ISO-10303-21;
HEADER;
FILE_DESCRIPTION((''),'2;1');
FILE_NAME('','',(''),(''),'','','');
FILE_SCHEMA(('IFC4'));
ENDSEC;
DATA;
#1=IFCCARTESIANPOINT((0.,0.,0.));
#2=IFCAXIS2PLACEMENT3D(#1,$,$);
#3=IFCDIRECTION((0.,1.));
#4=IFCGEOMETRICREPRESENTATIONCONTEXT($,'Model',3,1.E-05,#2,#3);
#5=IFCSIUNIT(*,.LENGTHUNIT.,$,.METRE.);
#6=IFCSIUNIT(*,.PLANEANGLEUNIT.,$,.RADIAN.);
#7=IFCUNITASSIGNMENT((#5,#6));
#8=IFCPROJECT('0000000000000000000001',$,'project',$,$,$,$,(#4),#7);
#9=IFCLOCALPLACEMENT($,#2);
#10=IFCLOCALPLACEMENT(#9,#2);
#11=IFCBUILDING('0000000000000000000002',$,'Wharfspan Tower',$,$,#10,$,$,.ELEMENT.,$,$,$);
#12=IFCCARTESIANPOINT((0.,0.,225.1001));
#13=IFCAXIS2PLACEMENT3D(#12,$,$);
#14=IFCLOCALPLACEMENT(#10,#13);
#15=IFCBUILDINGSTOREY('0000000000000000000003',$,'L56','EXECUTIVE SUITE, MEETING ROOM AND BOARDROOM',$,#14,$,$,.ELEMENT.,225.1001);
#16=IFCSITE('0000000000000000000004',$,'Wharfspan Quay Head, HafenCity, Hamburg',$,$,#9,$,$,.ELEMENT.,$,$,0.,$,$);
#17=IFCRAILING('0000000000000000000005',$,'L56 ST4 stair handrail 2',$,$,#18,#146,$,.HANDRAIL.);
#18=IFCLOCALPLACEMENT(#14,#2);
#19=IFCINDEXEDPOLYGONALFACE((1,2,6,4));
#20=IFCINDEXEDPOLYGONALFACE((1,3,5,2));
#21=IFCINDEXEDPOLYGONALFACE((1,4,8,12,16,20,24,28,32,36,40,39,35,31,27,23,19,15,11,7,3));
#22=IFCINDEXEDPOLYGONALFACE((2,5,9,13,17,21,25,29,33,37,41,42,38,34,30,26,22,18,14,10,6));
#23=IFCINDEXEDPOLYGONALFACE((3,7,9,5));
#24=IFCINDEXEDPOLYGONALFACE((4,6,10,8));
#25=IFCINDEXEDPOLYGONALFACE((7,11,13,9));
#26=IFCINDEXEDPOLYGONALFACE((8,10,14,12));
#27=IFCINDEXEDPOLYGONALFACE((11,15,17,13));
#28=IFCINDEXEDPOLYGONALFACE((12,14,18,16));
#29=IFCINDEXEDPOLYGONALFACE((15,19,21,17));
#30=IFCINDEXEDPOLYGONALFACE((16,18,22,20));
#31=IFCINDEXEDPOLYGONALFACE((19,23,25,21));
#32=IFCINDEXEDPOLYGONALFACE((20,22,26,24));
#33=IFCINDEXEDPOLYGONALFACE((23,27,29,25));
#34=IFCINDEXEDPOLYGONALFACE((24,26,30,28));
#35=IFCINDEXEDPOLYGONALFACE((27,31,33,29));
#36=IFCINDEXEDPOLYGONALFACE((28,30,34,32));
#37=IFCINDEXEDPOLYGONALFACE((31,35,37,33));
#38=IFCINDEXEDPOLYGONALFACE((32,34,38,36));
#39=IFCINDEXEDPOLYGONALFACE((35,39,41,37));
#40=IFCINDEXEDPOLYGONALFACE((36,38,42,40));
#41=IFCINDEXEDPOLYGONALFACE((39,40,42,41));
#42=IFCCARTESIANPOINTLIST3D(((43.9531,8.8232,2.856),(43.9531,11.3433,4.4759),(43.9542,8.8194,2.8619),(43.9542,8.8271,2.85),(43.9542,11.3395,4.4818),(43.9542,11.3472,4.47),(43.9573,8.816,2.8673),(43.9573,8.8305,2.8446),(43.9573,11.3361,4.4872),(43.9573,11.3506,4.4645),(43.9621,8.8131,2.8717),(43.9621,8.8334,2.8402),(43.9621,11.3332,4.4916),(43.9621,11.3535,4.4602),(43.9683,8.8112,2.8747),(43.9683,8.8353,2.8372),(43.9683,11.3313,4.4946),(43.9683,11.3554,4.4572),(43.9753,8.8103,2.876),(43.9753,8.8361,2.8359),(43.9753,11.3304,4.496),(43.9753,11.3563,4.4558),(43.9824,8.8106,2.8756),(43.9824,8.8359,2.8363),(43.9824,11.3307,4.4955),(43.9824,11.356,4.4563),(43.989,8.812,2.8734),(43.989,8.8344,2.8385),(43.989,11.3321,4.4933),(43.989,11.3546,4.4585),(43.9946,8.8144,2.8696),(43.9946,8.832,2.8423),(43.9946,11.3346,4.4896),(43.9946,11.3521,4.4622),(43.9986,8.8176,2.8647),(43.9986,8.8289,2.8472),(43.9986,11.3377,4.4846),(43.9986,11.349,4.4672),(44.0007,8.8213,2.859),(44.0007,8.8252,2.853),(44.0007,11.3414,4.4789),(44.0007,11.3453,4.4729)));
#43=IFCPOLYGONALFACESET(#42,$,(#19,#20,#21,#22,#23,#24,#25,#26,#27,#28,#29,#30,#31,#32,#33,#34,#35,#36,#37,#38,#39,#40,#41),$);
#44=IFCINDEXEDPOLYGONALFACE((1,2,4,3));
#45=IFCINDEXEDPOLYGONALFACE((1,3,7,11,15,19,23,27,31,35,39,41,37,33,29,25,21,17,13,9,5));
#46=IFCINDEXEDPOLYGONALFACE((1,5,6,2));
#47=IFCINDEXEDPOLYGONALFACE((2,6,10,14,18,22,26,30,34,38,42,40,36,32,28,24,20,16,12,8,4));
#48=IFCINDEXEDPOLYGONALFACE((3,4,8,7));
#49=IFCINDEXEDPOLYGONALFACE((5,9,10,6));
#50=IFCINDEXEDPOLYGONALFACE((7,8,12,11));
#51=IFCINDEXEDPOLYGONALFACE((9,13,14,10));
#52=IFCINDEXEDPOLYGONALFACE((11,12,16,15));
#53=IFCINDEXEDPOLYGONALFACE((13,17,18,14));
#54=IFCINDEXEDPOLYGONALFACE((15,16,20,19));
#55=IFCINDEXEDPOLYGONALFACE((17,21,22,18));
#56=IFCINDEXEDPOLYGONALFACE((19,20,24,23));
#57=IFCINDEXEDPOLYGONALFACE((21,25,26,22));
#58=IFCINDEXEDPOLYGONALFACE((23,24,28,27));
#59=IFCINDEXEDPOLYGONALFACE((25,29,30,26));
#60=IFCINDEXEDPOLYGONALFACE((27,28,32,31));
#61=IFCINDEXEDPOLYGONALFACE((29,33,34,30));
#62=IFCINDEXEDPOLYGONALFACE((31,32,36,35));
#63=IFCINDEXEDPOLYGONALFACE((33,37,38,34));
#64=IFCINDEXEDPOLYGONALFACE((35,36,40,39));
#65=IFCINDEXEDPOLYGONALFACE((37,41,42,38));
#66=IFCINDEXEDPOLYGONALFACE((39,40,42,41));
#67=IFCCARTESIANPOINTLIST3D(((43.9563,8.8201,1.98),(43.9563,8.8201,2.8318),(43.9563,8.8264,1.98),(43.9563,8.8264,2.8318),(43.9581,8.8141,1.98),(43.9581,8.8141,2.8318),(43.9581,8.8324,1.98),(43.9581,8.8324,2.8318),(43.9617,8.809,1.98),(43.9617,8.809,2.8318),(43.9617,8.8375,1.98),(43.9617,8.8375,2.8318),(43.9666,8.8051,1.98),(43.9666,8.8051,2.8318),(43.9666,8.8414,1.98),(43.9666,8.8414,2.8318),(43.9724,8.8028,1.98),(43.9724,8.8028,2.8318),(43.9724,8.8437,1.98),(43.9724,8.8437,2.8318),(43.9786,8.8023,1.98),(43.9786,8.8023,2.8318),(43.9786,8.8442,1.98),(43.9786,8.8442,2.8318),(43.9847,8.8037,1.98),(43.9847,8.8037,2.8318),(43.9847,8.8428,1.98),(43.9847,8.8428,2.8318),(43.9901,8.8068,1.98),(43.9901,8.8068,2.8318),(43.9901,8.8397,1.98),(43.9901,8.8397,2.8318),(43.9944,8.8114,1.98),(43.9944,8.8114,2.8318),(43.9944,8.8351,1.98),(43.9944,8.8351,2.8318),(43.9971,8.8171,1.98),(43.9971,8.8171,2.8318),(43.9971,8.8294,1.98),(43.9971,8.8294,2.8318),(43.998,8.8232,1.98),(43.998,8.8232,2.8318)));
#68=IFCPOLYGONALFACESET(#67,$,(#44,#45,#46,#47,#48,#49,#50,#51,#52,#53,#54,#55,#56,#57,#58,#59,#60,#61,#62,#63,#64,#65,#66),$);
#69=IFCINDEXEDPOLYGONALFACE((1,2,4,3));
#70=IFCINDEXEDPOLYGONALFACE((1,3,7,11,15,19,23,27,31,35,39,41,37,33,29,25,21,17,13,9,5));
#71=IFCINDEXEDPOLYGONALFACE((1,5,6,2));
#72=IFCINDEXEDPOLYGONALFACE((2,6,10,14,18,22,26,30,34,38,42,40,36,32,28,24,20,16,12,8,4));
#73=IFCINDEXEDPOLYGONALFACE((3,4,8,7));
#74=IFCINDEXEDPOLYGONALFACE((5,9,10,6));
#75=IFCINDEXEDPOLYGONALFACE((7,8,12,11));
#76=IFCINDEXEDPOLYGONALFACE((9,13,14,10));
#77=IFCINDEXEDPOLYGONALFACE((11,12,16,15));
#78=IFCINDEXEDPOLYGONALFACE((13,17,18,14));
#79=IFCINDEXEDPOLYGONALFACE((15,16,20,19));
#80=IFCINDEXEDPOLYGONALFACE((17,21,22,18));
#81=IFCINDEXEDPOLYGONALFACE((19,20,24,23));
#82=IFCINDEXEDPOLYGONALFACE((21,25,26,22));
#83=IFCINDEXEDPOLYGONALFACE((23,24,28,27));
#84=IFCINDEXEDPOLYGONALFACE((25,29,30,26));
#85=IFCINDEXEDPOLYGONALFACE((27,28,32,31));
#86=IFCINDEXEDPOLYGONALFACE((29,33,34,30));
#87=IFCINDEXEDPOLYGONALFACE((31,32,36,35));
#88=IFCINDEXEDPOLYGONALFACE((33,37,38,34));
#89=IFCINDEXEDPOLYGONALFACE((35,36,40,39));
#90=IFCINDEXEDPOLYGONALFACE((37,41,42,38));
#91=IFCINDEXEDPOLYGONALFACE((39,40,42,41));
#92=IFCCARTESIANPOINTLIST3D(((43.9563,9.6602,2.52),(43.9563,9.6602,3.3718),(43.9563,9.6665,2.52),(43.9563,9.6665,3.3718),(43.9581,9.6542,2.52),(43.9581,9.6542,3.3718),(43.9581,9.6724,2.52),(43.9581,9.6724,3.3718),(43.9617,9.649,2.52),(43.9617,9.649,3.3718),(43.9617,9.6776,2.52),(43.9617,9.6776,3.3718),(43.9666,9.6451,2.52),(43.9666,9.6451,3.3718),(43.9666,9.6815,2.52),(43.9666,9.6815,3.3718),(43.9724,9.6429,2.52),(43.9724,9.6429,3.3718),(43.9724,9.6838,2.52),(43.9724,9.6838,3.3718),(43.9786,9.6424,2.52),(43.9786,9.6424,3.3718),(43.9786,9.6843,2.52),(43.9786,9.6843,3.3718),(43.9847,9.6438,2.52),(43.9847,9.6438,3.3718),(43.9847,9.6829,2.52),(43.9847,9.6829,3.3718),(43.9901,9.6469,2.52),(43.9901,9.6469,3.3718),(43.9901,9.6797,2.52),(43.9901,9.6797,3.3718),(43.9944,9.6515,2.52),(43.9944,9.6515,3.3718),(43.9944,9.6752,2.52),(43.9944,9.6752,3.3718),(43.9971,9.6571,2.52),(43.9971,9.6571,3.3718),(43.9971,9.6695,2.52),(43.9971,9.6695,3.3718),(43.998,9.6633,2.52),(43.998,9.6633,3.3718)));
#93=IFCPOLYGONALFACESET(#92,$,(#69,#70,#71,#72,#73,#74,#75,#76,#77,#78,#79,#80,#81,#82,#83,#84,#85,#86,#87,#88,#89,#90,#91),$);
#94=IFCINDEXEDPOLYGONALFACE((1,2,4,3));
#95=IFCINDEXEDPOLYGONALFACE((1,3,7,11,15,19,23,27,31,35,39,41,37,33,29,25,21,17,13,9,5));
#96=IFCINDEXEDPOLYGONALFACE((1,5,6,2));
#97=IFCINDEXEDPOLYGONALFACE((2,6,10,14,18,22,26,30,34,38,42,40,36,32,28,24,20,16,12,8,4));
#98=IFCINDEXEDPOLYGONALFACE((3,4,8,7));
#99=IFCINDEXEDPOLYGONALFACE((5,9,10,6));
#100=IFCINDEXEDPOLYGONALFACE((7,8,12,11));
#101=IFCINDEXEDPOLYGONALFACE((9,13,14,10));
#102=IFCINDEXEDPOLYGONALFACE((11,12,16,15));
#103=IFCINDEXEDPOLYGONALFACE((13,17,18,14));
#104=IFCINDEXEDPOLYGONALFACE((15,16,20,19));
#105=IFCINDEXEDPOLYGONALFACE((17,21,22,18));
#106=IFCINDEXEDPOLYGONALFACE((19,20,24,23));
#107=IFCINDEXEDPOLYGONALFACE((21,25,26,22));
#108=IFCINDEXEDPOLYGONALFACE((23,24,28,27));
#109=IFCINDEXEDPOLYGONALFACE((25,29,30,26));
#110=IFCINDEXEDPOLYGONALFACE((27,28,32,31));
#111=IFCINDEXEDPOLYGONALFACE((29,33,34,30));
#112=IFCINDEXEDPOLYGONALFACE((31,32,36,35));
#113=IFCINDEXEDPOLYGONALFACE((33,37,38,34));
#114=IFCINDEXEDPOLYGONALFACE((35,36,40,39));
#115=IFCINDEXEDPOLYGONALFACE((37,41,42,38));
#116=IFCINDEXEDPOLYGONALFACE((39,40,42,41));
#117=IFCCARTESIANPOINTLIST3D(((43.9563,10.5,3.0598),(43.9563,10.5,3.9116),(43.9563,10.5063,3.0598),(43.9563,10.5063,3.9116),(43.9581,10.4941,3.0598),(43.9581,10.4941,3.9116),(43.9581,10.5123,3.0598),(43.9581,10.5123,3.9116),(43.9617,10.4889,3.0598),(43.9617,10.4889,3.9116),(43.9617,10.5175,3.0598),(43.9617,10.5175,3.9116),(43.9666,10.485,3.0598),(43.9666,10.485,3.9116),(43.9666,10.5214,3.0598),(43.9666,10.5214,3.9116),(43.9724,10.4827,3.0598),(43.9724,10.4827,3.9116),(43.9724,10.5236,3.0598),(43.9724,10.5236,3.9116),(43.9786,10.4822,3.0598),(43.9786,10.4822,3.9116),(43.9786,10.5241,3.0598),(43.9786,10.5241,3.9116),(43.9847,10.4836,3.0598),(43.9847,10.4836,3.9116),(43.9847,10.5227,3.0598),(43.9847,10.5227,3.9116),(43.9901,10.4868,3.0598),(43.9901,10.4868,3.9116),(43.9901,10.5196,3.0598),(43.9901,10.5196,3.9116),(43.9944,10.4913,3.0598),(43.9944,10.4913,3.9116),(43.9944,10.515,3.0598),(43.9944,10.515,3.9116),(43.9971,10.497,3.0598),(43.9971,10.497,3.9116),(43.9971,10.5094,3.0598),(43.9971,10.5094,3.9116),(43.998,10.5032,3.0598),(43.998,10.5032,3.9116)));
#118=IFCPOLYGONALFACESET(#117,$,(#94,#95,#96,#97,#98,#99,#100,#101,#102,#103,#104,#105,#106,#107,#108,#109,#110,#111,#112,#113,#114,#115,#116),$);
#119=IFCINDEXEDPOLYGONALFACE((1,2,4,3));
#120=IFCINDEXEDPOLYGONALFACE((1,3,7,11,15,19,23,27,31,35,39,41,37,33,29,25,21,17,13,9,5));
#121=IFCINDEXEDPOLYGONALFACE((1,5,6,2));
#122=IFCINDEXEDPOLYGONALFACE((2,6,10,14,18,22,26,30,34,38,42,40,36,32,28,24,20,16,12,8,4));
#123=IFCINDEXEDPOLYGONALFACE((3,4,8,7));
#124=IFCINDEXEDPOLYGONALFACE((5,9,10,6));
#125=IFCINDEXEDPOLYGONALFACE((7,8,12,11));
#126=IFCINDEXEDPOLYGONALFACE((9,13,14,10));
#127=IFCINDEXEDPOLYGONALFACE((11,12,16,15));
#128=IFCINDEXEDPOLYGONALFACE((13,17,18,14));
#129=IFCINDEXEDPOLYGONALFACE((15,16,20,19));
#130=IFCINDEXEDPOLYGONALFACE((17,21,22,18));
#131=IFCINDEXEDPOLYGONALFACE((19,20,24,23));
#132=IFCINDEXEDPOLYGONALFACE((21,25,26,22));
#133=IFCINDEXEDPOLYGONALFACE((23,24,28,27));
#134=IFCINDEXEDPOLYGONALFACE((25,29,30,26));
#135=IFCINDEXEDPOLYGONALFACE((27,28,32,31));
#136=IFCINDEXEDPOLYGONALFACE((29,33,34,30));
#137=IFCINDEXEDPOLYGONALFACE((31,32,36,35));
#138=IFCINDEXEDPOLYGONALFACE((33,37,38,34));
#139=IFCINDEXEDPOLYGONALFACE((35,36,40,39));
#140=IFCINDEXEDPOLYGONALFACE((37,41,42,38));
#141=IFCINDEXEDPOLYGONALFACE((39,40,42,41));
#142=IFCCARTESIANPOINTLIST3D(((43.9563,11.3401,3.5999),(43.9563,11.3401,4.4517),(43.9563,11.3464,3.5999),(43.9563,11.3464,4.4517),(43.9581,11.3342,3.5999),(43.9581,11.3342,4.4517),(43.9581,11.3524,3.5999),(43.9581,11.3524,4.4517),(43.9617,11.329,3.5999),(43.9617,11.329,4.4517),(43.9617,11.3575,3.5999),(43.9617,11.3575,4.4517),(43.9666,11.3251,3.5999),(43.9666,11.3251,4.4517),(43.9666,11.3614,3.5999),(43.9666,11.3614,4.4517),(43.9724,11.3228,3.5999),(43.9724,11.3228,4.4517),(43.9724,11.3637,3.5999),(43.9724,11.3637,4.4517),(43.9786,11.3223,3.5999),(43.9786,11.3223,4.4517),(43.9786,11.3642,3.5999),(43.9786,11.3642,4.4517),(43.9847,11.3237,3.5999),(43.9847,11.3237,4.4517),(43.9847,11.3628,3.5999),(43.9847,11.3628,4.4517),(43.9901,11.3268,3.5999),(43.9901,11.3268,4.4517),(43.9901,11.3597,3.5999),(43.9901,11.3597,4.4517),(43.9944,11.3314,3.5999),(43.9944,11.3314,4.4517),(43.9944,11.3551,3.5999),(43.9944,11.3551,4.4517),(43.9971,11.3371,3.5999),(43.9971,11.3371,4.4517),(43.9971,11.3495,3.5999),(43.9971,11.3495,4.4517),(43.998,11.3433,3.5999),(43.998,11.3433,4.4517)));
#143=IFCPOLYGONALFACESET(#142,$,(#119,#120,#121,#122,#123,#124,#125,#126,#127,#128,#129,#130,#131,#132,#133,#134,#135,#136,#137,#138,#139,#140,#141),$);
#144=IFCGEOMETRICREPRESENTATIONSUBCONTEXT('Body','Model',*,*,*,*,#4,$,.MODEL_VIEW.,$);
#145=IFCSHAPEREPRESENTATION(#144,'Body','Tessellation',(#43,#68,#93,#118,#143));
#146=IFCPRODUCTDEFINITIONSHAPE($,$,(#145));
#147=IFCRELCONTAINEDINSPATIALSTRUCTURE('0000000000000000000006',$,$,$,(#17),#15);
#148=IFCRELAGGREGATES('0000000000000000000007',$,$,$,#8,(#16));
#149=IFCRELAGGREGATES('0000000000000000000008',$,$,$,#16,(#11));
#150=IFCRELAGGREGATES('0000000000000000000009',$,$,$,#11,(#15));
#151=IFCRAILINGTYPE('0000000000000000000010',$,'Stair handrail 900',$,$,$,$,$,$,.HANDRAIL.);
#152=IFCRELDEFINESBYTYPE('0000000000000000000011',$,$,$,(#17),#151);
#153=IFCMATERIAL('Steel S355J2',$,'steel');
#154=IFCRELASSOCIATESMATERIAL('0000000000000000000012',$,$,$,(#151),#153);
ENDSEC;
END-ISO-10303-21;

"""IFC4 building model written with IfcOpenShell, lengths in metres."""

from ifc_helpers import new_model, si_unit, direction, frame, origin, origin_2d, place, context, subcontext, project, spatial, circle, extrude, material, type_object, element, save


model = new_model("IFC4")

# Units and contexts
model_context = context("Model", 3, precision=1e-05, world=origin(), true_north=direction((0.0, 1.0)))
body_context = subcontext(model_context, "Body", "Model", "MODEL_VIEW")
ifc_project = project(units=[si_unit("LENGTHUNIT", "METRE"), si_unit("PLANEANGLEUNIT", "RADIAN")], contexts=[model_context])

# Site, building, storey
site_placement = place(None, origin())
site = spatial("IfcSite", under=ifc_project, at=site_placement, Name="Wharfspan Quay Head, HafenCity, Hamburg", CompositionType="ELEMENT", RefElevation=0.0)
building_placement = place(site_placement, origin())
building = spatial("IfcBuilding", under=site, at=building_placement, Name="Wharfspan Tower", CompositionType="ELEMENT")
storey_placement = place(building_placement, frame((0.0, 0.0, 225.1001)))
storey = spatial("IfcBuildingStorey", under=building, at=storey_placement, Name="L56", Description="EXECUTIVE SUITE, MEETING ROOM AND BOARDROOM", CompositionType="ELEMENT", Elevation=225.1001)

# Shared definitions
ifc_material_1 = material(Name="Steel S355J2", Category="steel")

# Railing
railing_type_1 = type_object("IfcRailingType", Name="Stair handrail 900", PredefinedType="HANDRAIL", material=ifc_material_1)
railing_1_placement = place(storey_placement, frame((43.9771, 8.8232, 1.98)))
element("IfcRailing", 1, at=railing_1_placement, inside=storey, type_object=railing_type_1, Name="L56 ST4 stair handrail 2", PredefinedType="HANDRAIL", context=body_context, shape_type="SweptSolid", body=[
    extrude(circle(Radius=0.0239, at=origin_2d()), frame((0.0, 0.0, 0.876), z_axis=(0.0, 0.8412, 0.540725), x_axis=(-1.0, 0.0, 0.0)), (0.0, 0.0, 1.0), 2.9958),
    extrude(circle(Radius=0.021, at=origin_2d()), origin(), (0.0, 0.0, 1.0), 0.8518),
    extrude(circle(Radius=0.021, at=origin_2d()), frame((0.0, 0.8401, 0.54)), (0.0, 0.0, 1.0), 0.8518),
    extrude(circle(Radius=0.021, at=origin_2d()), frame((0.0, 1.6799, 1.0798)), (0.0, 0.0, 1.0), 0.8518),
    extrude(circle(Radius=0.021, at=origin_2d()), frame((0.0, 2.52, 1.6199)), (0.0, 0.0, 1.0), 0.8518),
])

save(model, "model.ifc")
